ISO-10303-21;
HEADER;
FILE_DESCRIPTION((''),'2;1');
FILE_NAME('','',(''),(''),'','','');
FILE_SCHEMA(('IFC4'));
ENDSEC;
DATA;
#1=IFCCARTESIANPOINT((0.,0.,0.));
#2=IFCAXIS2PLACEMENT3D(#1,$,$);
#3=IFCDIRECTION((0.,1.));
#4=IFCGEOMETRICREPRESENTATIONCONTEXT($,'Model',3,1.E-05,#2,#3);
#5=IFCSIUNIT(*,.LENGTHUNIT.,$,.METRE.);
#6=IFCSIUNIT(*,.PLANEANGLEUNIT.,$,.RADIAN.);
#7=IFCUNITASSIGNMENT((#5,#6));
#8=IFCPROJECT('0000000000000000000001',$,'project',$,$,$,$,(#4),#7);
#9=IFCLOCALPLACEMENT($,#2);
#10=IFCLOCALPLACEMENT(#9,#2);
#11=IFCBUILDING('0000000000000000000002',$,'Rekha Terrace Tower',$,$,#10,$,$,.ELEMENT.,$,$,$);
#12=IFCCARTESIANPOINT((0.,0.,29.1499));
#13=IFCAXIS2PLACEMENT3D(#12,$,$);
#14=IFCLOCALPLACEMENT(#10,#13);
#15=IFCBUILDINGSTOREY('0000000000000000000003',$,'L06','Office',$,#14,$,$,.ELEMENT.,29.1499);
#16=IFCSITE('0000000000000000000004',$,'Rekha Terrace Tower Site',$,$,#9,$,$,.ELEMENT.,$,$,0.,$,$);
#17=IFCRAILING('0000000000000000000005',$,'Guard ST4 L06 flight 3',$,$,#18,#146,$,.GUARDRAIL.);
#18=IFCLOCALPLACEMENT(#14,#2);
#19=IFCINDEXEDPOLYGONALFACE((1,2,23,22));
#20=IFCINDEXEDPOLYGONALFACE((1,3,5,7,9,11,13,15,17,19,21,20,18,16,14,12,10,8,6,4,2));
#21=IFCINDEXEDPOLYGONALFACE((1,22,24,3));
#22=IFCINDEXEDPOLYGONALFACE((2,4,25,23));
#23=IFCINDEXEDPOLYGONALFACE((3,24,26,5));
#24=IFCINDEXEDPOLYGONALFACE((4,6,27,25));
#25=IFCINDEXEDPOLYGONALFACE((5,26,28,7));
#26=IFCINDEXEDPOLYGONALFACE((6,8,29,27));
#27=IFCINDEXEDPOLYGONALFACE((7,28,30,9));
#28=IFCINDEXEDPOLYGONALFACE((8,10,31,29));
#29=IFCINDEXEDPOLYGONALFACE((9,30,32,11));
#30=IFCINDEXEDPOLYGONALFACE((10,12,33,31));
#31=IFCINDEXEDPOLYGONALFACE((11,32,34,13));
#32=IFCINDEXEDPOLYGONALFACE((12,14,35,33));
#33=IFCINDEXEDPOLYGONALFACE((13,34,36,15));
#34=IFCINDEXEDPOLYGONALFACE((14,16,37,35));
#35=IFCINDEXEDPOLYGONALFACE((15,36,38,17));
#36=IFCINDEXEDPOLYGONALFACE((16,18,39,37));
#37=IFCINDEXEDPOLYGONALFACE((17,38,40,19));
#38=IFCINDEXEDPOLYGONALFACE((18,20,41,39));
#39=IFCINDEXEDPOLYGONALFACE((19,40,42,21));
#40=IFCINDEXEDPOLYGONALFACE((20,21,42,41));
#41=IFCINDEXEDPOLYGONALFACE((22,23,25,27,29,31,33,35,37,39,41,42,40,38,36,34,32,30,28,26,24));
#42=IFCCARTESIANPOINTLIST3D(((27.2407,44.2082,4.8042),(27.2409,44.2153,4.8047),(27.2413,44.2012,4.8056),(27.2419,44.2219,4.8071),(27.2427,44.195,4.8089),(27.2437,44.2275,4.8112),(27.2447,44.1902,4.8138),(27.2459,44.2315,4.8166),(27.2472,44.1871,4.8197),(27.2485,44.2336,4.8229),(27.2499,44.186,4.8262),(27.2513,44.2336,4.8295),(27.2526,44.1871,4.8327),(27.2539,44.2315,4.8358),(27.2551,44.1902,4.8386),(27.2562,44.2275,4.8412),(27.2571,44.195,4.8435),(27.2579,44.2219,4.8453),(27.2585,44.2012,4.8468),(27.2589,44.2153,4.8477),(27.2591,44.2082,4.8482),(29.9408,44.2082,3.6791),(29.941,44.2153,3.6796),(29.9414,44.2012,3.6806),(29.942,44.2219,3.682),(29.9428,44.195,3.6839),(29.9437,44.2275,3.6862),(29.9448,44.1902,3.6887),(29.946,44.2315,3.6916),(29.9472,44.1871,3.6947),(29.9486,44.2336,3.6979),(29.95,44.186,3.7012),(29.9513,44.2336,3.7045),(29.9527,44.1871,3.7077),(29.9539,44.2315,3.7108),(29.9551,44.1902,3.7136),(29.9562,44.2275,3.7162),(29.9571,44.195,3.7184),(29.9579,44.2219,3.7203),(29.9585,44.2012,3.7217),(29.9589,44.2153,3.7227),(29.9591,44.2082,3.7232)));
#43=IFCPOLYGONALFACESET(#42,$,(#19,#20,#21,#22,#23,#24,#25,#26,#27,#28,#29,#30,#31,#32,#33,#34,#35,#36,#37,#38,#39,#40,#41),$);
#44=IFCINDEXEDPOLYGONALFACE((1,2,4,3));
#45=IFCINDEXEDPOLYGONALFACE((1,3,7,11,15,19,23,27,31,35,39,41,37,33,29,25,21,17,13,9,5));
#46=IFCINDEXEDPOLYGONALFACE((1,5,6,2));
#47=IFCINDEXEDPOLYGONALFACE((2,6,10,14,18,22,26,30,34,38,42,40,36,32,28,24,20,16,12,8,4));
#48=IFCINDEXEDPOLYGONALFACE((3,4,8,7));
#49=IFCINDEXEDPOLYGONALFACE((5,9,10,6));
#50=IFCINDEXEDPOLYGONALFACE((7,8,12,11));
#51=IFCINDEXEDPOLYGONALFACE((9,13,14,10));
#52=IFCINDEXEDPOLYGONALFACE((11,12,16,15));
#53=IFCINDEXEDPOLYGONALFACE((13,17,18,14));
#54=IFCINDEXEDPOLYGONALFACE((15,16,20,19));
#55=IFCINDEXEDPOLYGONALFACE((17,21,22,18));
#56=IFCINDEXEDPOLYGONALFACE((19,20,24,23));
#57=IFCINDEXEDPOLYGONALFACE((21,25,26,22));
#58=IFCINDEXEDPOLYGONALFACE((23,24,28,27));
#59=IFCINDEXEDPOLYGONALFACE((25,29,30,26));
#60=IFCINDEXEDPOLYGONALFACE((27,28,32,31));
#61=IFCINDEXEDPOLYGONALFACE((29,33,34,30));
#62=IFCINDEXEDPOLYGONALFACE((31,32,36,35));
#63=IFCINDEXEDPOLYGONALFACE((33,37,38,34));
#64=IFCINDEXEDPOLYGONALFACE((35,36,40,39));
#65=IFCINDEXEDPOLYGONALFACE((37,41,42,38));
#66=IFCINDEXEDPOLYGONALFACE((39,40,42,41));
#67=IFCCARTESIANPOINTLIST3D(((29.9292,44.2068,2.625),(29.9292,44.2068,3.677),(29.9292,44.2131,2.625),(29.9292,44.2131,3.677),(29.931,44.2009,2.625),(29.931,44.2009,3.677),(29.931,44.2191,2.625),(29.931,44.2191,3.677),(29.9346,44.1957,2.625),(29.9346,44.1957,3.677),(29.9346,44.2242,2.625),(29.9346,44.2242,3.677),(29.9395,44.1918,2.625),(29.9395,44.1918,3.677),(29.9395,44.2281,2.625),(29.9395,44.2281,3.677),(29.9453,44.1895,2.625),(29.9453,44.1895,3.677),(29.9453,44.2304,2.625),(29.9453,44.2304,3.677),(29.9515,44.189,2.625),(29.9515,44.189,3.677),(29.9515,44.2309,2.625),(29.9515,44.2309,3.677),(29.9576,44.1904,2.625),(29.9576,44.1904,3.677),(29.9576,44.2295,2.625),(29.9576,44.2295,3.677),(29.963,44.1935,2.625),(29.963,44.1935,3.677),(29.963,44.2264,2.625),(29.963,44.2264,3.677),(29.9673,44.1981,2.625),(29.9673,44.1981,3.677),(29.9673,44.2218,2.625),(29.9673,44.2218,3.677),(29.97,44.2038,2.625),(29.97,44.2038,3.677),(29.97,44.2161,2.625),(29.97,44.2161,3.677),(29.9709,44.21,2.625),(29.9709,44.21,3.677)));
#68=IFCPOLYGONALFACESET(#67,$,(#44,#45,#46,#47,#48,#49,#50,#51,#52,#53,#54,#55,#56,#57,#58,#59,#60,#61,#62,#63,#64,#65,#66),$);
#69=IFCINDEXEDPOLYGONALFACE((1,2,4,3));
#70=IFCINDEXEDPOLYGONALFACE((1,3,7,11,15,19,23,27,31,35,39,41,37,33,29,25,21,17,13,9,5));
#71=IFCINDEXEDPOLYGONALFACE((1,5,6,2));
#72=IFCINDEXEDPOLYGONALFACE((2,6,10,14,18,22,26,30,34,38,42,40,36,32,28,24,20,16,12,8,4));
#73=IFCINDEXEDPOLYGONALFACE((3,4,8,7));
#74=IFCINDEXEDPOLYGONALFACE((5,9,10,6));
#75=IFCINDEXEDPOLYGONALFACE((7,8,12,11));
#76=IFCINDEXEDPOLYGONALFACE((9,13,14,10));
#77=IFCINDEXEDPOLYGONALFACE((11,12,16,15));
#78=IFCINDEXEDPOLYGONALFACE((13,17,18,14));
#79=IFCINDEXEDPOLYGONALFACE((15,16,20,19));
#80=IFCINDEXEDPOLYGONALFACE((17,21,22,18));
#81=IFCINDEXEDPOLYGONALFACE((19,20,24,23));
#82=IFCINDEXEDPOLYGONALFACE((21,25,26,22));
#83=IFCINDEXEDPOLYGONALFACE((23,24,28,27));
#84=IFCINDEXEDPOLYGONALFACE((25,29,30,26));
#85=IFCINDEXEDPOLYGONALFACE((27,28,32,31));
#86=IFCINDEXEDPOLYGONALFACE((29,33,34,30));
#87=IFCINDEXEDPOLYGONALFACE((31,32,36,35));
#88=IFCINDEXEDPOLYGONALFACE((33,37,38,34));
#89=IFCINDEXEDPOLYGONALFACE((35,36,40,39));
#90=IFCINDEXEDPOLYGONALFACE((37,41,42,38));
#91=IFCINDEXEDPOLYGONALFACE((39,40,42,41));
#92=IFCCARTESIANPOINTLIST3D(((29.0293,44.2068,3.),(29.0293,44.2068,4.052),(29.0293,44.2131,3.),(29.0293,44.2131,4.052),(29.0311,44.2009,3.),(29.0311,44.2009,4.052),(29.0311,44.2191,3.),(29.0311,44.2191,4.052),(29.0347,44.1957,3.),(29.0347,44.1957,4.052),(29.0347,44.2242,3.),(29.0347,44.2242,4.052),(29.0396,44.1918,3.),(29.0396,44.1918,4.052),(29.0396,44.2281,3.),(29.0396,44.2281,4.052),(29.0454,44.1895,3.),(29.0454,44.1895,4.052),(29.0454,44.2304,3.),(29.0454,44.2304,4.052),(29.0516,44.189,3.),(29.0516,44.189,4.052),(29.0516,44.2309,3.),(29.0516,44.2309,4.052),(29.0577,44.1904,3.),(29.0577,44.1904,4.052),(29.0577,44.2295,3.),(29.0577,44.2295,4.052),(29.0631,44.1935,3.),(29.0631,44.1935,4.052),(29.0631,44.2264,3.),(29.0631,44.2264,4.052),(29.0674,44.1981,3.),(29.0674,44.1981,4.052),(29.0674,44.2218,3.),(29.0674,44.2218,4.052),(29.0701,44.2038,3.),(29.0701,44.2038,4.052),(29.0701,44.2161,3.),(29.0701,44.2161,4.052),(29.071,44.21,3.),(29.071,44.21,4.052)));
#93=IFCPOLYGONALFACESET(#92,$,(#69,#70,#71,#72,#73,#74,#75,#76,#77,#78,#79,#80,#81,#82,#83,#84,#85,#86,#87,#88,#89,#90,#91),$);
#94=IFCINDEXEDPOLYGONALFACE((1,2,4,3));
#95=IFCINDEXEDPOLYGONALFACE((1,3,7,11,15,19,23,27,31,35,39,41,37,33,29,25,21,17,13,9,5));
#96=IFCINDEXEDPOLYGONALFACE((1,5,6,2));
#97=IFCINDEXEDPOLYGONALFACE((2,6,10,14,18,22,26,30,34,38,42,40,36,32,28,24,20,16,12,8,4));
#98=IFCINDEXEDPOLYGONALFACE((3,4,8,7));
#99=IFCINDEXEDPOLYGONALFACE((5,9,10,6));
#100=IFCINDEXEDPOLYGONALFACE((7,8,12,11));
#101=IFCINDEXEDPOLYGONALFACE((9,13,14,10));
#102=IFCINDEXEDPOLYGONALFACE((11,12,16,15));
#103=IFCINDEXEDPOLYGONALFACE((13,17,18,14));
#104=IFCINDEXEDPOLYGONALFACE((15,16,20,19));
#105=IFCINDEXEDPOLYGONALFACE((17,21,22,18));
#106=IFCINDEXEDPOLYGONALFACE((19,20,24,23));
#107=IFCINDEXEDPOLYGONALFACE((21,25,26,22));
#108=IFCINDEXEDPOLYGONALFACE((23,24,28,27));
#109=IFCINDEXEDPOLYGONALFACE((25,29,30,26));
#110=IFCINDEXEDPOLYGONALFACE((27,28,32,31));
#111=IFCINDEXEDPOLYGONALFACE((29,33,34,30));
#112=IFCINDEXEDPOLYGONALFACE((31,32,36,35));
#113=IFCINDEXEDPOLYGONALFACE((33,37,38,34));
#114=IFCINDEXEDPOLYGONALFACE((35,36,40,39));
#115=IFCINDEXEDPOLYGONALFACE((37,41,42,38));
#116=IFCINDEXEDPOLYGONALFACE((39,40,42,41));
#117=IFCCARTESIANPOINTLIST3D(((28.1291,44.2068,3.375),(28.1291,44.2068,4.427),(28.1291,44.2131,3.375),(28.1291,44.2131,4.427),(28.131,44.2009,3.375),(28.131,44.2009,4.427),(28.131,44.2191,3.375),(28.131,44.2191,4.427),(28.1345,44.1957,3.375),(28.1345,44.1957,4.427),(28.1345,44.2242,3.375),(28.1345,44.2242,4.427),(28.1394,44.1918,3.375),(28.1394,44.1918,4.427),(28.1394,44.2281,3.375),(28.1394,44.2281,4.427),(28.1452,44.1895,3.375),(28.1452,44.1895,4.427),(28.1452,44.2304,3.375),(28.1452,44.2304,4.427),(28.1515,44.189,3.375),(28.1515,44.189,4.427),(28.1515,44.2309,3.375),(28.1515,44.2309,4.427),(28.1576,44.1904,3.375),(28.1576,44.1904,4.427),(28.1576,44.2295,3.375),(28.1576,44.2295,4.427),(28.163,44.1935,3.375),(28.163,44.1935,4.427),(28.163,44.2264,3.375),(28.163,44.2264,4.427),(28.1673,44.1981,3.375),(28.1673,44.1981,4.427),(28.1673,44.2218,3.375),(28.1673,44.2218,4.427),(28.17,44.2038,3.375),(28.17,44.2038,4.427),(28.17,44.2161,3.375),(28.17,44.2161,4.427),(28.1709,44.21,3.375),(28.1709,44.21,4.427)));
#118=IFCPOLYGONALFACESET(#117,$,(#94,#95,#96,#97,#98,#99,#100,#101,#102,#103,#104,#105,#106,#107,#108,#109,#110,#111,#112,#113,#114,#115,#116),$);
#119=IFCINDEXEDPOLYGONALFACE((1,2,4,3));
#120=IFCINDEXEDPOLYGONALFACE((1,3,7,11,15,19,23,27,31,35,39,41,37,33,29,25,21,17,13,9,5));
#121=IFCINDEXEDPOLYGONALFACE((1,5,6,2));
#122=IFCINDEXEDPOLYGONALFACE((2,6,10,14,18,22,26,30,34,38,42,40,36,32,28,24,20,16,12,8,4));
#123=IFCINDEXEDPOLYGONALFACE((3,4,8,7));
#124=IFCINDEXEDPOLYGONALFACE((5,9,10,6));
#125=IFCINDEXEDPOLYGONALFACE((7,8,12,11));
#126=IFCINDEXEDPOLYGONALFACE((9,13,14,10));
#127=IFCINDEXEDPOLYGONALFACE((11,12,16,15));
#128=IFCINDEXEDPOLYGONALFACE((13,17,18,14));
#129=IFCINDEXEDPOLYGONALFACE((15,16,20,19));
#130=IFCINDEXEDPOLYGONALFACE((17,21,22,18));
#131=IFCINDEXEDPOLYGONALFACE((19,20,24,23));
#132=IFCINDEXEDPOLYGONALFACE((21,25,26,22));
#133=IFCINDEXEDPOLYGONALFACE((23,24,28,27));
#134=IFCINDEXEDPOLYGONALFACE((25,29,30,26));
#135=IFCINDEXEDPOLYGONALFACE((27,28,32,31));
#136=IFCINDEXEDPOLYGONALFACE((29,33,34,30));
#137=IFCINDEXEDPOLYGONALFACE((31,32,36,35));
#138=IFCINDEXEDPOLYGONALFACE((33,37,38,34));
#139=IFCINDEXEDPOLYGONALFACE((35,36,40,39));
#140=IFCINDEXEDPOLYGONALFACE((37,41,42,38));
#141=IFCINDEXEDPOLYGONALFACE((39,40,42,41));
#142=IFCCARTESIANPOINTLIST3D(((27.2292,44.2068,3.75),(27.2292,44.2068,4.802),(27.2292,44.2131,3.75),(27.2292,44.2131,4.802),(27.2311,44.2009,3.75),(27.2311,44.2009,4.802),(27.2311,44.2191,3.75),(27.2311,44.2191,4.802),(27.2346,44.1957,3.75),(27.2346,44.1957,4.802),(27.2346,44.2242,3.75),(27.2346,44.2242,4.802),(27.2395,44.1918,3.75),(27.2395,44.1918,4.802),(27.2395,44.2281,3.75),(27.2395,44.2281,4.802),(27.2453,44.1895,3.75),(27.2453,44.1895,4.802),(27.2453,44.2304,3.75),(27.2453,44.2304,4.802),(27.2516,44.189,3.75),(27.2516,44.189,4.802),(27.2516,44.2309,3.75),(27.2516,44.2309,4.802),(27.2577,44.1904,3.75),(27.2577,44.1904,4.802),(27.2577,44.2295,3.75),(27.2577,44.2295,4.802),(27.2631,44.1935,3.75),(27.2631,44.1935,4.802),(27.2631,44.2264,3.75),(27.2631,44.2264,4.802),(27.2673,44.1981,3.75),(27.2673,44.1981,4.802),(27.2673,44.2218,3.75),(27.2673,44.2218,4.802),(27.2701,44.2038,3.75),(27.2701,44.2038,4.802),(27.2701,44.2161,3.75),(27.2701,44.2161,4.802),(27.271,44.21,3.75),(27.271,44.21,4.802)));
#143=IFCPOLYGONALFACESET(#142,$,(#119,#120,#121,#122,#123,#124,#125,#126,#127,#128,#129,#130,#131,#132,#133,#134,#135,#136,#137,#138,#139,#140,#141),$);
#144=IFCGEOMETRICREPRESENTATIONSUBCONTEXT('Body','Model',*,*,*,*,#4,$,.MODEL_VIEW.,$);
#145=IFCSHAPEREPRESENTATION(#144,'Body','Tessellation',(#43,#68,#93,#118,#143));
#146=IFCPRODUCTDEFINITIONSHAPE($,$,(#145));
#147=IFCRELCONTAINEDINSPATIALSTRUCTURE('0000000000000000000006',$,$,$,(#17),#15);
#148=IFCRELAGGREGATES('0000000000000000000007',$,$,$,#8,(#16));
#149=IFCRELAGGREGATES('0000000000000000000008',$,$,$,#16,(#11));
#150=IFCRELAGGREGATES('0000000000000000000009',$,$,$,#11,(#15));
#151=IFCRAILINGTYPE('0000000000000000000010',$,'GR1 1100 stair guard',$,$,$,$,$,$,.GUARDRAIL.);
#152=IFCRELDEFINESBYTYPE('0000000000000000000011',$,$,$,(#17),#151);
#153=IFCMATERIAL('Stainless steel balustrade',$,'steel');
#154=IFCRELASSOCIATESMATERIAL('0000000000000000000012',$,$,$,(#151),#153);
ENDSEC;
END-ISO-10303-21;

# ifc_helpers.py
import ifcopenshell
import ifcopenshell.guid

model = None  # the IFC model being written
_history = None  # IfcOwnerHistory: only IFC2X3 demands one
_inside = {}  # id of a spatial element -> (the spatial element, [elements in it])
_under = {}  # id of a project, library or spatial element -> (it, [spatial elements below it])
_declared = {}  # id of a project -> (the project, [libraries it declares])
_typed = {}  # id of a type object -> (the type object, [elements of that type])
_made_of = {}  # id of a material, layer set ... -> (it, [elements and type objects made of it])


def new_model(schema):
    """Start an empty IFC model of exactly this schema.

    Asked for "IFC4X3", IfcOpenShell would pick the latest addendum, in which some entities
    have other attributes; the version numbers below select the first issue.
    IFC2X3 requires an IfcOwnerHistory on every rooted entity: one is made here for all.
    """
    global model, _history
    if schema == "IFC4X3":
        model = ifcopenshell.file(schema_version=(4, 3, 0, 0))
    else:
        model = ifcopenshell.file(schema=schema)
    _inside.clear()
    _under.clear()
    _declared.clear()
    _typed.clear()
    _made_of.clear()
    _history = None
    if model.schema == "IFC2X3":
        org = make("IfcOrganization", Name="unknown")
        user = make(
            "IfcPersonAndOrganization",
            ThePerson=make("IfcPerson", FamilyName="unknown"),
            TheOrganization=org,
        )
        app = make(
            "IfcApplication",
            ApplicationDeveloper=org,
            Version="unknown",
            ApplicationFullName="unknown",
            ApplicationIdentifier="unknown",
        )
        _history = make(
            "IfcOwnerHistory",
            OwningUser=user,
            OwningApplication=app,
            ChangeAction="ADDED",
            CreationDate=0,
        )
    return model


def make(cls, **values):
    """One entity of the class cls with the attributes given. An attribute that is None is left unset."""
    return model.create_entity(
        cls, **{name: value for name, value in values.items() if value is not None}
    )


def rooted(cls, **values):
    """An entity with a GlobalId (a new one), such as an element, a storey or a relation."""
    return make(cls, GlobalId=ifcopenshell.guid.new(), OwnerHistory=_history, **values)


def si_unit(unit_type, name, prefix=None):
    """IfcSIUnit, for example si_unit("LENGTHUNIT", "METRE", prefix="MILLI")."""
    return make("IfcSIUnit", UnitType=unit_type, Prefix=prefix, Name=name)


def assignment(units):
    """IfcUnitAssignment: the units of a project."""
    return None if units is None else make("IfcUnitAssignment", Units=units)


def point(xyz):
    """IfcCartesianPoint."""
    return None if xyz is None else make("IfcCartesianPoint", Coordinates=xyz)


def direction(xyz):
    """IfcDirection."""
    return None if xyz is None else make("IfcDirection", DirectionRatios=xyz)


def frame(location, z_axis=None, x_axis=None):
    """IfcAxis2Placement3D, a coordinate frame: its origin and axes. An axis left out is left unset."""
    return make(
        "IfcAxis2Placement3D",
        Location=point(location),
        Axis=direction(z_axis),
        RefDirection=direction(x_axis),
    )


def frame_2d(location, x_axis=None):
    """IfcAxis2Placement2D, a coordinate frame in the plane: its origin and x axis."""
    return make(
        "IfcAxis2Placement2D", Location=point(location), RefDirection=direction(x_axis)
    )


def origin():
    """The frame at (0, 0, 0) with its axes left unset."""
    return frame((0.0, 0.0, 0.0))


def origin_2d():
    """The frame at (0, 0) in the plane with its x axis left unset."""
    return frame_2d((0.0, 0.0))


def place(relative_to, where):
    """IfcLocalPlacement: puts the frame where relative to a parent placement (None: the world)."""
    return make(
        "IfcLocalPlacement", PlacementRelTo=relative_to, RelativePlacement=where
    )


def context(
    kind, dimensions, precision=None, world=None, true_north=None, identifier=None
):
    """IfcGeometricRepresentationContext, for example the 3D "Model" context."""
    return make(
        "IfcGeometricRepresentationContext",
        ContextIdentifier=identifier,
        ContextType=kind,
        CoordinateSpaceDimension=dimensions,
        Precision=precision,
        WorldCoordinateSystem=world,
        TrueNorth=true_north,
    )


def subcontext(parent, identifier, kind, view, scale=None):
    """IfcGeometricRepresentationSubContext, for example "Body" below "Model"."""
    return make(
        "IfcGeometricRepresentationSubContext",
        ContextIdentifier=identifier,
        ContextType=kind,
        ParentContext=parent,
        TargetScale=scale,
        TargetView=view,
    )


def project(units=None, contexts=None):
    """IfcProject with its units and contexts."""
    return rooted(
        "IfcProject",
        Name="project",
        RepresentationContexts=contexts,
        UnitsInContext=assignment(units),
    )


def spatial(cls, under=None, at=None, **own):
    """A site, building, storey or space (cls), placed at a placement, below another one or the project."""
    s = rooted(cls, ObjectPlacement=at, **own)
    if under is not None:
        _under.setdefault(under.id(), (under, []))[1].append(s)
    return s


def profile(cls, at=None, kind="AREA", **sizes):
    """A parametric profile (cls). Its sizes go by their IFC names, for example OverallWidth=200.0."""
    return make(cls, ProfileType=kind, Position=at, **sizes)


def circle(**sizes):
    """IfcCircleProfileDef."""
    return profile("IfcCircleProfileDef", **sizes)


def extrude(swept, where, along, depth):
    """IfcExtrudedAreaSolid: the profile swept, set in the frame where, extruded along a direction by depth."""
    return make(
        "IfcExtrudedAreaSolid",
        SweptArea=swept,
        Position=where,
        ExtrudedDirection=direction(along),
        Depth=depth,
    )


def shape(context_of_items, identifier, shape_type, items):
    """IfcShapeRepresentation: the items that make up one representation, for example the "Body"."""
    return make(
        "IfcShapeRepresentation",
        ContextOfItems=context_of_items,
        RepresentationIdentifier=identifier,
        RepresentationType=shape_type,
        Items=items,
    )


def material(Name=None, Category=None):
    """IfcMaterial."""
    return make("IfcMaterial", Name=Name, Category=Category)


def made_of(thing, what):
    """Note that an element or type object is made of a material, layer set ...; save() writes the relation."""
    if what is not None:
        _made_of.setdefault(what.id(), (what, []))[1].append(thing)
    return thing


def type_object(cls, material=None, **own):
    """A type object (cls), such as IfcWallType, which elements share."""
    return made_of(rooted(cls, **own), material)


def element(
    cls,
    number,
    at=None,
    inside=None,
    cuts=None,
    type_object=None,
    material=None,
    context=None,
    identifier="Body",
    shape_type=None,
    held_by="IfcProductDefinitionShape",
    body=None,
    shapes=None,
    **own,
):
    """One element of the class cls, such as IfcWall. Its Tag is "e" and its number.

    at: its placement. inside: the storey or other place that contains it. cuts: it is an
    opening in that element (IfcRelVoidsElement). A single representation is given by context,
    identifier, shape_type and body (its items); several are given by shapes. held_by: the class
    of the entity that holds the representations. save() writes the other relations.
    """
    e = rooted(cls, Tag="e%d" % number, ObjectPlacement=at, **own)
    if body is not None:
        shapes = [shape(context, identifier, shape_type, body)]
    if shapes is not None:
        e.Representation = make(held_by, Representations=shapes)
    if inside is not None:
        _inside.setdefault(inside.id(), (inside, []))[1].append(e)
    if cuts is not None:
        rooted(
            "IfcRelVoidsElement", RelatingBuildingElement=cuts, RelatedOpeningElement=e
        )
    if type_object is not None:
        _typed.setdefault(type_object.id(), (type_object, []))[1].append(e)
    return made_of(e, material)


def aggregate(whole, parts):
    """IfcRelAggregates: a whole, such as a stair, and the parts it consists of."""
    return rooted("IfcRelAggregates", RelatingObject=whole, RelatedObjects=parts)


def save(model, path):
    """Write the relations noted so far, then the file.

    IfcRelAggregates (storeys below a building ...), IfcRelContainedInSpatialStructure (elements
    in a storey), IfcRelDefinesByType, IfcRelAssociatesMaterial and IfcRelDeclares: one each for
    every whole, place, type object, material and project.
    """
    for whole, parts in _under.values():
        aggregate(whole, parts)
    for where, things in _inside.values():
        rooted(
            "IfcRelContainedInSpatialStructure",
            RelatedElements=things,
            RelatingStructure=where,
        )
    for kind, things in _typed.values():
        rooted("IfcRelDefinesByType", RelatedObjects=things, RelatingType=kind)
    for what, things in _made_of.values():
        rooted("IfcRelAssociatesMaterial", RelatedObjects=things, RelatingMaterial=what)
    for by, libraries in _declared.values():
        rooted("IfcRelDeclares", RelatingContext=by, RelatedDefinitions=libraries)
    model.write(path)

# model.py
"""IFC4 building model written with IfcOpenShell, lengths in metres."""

from ifc_helpers import new_model, si_unit, direction, frame, origin, origin_2d, place, context, subcontext, project, spatial, circle, extrude, material, type_object, element, save


model = new_model("IFC4")

# Units and contexts
model_context = context("Model", 3, precision=1e-05, world=origin(), true_north=direction((0.0, 1.0)))
body_context = subcontext(model_context, "Body", "Model", "MODEL_VIEW")
ifc_project = project(units=[si_unit("LENGTHUNIT", "METRE"), si_unit("PLANEANGLEUNIT", "RADIAN")], contexts=[model_context])

# Site, building, storey
site_placement = place(None, origin())
site = spatial("IfcSite", under=ifc_project, at=site_placement, Name="Rekha Terrace Tower Site", CompositionType="ELEMENT", RefElevation=0.0)
building_placement = place(site_placement, origin())
building = spatial("IfcBuilding", under=site, at=building_placement, Name="Rekha Terrace Tower", CompositionType="ELEMENT")
storey_placement = place(building_placement, frame((0.0, 0.0, 29.1499)))
storey = spatial("IfcBuildingStorey", under=building, at=storey_placement, Name="L06", Description="Office", CompositionType="ELEMENT", Elevation=29.1499)

# Railing
ifc_material_1 = material(Name="Stainless steel balustrade", Category="steel")
railing_type_1 = type_object("IfcRailingType", Name="GR1 1100 stair guard", PredefinedType="GUARDRAIL", material=ifc_material_1)
railing_1_placement = place(storey_placement, frame((29.95, 44.21, 2.625)))
element("IfcRailing", 1, at=railing_1_placement, inside=storey, type_object=railing_type_1, Name="Guard ST4 L06 flight 3", PredefinedType="GUARDRAIL", context=body_context, shape_type="SweptSolid", body=[
    extrude(circle(Radius=0.0239, at=origin_2d()), frame((0.0, 0.0, 1.0762), z_axis=(-0.923074, 0.0, 0.384621), x_axis=(0.0, -1.0, 0.0)), (0.0, 0.0, 1.0), 2.925),
    extrude(circle(Radius=0.021, at=origin_2d()), origin(), (0.0, 0.0, 1.0), 1.052),
    extrude(circle(Radius=0.021, at=origin_2d()), frame((-0.8999, 0.0, 0.375)), (0.0, 0.0, 1.0), 1.052),
    extrude(circle(Radius=0.021, at=origin_2d()), frame((-1.8, 0.0, 0.75)), (0.0, 0.0, 1.0), 1.052),
    extrude(circle(Radius=0.021, at=origin_2d()), frame((-2.7, 0.0, 1.125)), (0.0, 0.0, 1.0), 1.052),
])

save(model, "model.ifc")
